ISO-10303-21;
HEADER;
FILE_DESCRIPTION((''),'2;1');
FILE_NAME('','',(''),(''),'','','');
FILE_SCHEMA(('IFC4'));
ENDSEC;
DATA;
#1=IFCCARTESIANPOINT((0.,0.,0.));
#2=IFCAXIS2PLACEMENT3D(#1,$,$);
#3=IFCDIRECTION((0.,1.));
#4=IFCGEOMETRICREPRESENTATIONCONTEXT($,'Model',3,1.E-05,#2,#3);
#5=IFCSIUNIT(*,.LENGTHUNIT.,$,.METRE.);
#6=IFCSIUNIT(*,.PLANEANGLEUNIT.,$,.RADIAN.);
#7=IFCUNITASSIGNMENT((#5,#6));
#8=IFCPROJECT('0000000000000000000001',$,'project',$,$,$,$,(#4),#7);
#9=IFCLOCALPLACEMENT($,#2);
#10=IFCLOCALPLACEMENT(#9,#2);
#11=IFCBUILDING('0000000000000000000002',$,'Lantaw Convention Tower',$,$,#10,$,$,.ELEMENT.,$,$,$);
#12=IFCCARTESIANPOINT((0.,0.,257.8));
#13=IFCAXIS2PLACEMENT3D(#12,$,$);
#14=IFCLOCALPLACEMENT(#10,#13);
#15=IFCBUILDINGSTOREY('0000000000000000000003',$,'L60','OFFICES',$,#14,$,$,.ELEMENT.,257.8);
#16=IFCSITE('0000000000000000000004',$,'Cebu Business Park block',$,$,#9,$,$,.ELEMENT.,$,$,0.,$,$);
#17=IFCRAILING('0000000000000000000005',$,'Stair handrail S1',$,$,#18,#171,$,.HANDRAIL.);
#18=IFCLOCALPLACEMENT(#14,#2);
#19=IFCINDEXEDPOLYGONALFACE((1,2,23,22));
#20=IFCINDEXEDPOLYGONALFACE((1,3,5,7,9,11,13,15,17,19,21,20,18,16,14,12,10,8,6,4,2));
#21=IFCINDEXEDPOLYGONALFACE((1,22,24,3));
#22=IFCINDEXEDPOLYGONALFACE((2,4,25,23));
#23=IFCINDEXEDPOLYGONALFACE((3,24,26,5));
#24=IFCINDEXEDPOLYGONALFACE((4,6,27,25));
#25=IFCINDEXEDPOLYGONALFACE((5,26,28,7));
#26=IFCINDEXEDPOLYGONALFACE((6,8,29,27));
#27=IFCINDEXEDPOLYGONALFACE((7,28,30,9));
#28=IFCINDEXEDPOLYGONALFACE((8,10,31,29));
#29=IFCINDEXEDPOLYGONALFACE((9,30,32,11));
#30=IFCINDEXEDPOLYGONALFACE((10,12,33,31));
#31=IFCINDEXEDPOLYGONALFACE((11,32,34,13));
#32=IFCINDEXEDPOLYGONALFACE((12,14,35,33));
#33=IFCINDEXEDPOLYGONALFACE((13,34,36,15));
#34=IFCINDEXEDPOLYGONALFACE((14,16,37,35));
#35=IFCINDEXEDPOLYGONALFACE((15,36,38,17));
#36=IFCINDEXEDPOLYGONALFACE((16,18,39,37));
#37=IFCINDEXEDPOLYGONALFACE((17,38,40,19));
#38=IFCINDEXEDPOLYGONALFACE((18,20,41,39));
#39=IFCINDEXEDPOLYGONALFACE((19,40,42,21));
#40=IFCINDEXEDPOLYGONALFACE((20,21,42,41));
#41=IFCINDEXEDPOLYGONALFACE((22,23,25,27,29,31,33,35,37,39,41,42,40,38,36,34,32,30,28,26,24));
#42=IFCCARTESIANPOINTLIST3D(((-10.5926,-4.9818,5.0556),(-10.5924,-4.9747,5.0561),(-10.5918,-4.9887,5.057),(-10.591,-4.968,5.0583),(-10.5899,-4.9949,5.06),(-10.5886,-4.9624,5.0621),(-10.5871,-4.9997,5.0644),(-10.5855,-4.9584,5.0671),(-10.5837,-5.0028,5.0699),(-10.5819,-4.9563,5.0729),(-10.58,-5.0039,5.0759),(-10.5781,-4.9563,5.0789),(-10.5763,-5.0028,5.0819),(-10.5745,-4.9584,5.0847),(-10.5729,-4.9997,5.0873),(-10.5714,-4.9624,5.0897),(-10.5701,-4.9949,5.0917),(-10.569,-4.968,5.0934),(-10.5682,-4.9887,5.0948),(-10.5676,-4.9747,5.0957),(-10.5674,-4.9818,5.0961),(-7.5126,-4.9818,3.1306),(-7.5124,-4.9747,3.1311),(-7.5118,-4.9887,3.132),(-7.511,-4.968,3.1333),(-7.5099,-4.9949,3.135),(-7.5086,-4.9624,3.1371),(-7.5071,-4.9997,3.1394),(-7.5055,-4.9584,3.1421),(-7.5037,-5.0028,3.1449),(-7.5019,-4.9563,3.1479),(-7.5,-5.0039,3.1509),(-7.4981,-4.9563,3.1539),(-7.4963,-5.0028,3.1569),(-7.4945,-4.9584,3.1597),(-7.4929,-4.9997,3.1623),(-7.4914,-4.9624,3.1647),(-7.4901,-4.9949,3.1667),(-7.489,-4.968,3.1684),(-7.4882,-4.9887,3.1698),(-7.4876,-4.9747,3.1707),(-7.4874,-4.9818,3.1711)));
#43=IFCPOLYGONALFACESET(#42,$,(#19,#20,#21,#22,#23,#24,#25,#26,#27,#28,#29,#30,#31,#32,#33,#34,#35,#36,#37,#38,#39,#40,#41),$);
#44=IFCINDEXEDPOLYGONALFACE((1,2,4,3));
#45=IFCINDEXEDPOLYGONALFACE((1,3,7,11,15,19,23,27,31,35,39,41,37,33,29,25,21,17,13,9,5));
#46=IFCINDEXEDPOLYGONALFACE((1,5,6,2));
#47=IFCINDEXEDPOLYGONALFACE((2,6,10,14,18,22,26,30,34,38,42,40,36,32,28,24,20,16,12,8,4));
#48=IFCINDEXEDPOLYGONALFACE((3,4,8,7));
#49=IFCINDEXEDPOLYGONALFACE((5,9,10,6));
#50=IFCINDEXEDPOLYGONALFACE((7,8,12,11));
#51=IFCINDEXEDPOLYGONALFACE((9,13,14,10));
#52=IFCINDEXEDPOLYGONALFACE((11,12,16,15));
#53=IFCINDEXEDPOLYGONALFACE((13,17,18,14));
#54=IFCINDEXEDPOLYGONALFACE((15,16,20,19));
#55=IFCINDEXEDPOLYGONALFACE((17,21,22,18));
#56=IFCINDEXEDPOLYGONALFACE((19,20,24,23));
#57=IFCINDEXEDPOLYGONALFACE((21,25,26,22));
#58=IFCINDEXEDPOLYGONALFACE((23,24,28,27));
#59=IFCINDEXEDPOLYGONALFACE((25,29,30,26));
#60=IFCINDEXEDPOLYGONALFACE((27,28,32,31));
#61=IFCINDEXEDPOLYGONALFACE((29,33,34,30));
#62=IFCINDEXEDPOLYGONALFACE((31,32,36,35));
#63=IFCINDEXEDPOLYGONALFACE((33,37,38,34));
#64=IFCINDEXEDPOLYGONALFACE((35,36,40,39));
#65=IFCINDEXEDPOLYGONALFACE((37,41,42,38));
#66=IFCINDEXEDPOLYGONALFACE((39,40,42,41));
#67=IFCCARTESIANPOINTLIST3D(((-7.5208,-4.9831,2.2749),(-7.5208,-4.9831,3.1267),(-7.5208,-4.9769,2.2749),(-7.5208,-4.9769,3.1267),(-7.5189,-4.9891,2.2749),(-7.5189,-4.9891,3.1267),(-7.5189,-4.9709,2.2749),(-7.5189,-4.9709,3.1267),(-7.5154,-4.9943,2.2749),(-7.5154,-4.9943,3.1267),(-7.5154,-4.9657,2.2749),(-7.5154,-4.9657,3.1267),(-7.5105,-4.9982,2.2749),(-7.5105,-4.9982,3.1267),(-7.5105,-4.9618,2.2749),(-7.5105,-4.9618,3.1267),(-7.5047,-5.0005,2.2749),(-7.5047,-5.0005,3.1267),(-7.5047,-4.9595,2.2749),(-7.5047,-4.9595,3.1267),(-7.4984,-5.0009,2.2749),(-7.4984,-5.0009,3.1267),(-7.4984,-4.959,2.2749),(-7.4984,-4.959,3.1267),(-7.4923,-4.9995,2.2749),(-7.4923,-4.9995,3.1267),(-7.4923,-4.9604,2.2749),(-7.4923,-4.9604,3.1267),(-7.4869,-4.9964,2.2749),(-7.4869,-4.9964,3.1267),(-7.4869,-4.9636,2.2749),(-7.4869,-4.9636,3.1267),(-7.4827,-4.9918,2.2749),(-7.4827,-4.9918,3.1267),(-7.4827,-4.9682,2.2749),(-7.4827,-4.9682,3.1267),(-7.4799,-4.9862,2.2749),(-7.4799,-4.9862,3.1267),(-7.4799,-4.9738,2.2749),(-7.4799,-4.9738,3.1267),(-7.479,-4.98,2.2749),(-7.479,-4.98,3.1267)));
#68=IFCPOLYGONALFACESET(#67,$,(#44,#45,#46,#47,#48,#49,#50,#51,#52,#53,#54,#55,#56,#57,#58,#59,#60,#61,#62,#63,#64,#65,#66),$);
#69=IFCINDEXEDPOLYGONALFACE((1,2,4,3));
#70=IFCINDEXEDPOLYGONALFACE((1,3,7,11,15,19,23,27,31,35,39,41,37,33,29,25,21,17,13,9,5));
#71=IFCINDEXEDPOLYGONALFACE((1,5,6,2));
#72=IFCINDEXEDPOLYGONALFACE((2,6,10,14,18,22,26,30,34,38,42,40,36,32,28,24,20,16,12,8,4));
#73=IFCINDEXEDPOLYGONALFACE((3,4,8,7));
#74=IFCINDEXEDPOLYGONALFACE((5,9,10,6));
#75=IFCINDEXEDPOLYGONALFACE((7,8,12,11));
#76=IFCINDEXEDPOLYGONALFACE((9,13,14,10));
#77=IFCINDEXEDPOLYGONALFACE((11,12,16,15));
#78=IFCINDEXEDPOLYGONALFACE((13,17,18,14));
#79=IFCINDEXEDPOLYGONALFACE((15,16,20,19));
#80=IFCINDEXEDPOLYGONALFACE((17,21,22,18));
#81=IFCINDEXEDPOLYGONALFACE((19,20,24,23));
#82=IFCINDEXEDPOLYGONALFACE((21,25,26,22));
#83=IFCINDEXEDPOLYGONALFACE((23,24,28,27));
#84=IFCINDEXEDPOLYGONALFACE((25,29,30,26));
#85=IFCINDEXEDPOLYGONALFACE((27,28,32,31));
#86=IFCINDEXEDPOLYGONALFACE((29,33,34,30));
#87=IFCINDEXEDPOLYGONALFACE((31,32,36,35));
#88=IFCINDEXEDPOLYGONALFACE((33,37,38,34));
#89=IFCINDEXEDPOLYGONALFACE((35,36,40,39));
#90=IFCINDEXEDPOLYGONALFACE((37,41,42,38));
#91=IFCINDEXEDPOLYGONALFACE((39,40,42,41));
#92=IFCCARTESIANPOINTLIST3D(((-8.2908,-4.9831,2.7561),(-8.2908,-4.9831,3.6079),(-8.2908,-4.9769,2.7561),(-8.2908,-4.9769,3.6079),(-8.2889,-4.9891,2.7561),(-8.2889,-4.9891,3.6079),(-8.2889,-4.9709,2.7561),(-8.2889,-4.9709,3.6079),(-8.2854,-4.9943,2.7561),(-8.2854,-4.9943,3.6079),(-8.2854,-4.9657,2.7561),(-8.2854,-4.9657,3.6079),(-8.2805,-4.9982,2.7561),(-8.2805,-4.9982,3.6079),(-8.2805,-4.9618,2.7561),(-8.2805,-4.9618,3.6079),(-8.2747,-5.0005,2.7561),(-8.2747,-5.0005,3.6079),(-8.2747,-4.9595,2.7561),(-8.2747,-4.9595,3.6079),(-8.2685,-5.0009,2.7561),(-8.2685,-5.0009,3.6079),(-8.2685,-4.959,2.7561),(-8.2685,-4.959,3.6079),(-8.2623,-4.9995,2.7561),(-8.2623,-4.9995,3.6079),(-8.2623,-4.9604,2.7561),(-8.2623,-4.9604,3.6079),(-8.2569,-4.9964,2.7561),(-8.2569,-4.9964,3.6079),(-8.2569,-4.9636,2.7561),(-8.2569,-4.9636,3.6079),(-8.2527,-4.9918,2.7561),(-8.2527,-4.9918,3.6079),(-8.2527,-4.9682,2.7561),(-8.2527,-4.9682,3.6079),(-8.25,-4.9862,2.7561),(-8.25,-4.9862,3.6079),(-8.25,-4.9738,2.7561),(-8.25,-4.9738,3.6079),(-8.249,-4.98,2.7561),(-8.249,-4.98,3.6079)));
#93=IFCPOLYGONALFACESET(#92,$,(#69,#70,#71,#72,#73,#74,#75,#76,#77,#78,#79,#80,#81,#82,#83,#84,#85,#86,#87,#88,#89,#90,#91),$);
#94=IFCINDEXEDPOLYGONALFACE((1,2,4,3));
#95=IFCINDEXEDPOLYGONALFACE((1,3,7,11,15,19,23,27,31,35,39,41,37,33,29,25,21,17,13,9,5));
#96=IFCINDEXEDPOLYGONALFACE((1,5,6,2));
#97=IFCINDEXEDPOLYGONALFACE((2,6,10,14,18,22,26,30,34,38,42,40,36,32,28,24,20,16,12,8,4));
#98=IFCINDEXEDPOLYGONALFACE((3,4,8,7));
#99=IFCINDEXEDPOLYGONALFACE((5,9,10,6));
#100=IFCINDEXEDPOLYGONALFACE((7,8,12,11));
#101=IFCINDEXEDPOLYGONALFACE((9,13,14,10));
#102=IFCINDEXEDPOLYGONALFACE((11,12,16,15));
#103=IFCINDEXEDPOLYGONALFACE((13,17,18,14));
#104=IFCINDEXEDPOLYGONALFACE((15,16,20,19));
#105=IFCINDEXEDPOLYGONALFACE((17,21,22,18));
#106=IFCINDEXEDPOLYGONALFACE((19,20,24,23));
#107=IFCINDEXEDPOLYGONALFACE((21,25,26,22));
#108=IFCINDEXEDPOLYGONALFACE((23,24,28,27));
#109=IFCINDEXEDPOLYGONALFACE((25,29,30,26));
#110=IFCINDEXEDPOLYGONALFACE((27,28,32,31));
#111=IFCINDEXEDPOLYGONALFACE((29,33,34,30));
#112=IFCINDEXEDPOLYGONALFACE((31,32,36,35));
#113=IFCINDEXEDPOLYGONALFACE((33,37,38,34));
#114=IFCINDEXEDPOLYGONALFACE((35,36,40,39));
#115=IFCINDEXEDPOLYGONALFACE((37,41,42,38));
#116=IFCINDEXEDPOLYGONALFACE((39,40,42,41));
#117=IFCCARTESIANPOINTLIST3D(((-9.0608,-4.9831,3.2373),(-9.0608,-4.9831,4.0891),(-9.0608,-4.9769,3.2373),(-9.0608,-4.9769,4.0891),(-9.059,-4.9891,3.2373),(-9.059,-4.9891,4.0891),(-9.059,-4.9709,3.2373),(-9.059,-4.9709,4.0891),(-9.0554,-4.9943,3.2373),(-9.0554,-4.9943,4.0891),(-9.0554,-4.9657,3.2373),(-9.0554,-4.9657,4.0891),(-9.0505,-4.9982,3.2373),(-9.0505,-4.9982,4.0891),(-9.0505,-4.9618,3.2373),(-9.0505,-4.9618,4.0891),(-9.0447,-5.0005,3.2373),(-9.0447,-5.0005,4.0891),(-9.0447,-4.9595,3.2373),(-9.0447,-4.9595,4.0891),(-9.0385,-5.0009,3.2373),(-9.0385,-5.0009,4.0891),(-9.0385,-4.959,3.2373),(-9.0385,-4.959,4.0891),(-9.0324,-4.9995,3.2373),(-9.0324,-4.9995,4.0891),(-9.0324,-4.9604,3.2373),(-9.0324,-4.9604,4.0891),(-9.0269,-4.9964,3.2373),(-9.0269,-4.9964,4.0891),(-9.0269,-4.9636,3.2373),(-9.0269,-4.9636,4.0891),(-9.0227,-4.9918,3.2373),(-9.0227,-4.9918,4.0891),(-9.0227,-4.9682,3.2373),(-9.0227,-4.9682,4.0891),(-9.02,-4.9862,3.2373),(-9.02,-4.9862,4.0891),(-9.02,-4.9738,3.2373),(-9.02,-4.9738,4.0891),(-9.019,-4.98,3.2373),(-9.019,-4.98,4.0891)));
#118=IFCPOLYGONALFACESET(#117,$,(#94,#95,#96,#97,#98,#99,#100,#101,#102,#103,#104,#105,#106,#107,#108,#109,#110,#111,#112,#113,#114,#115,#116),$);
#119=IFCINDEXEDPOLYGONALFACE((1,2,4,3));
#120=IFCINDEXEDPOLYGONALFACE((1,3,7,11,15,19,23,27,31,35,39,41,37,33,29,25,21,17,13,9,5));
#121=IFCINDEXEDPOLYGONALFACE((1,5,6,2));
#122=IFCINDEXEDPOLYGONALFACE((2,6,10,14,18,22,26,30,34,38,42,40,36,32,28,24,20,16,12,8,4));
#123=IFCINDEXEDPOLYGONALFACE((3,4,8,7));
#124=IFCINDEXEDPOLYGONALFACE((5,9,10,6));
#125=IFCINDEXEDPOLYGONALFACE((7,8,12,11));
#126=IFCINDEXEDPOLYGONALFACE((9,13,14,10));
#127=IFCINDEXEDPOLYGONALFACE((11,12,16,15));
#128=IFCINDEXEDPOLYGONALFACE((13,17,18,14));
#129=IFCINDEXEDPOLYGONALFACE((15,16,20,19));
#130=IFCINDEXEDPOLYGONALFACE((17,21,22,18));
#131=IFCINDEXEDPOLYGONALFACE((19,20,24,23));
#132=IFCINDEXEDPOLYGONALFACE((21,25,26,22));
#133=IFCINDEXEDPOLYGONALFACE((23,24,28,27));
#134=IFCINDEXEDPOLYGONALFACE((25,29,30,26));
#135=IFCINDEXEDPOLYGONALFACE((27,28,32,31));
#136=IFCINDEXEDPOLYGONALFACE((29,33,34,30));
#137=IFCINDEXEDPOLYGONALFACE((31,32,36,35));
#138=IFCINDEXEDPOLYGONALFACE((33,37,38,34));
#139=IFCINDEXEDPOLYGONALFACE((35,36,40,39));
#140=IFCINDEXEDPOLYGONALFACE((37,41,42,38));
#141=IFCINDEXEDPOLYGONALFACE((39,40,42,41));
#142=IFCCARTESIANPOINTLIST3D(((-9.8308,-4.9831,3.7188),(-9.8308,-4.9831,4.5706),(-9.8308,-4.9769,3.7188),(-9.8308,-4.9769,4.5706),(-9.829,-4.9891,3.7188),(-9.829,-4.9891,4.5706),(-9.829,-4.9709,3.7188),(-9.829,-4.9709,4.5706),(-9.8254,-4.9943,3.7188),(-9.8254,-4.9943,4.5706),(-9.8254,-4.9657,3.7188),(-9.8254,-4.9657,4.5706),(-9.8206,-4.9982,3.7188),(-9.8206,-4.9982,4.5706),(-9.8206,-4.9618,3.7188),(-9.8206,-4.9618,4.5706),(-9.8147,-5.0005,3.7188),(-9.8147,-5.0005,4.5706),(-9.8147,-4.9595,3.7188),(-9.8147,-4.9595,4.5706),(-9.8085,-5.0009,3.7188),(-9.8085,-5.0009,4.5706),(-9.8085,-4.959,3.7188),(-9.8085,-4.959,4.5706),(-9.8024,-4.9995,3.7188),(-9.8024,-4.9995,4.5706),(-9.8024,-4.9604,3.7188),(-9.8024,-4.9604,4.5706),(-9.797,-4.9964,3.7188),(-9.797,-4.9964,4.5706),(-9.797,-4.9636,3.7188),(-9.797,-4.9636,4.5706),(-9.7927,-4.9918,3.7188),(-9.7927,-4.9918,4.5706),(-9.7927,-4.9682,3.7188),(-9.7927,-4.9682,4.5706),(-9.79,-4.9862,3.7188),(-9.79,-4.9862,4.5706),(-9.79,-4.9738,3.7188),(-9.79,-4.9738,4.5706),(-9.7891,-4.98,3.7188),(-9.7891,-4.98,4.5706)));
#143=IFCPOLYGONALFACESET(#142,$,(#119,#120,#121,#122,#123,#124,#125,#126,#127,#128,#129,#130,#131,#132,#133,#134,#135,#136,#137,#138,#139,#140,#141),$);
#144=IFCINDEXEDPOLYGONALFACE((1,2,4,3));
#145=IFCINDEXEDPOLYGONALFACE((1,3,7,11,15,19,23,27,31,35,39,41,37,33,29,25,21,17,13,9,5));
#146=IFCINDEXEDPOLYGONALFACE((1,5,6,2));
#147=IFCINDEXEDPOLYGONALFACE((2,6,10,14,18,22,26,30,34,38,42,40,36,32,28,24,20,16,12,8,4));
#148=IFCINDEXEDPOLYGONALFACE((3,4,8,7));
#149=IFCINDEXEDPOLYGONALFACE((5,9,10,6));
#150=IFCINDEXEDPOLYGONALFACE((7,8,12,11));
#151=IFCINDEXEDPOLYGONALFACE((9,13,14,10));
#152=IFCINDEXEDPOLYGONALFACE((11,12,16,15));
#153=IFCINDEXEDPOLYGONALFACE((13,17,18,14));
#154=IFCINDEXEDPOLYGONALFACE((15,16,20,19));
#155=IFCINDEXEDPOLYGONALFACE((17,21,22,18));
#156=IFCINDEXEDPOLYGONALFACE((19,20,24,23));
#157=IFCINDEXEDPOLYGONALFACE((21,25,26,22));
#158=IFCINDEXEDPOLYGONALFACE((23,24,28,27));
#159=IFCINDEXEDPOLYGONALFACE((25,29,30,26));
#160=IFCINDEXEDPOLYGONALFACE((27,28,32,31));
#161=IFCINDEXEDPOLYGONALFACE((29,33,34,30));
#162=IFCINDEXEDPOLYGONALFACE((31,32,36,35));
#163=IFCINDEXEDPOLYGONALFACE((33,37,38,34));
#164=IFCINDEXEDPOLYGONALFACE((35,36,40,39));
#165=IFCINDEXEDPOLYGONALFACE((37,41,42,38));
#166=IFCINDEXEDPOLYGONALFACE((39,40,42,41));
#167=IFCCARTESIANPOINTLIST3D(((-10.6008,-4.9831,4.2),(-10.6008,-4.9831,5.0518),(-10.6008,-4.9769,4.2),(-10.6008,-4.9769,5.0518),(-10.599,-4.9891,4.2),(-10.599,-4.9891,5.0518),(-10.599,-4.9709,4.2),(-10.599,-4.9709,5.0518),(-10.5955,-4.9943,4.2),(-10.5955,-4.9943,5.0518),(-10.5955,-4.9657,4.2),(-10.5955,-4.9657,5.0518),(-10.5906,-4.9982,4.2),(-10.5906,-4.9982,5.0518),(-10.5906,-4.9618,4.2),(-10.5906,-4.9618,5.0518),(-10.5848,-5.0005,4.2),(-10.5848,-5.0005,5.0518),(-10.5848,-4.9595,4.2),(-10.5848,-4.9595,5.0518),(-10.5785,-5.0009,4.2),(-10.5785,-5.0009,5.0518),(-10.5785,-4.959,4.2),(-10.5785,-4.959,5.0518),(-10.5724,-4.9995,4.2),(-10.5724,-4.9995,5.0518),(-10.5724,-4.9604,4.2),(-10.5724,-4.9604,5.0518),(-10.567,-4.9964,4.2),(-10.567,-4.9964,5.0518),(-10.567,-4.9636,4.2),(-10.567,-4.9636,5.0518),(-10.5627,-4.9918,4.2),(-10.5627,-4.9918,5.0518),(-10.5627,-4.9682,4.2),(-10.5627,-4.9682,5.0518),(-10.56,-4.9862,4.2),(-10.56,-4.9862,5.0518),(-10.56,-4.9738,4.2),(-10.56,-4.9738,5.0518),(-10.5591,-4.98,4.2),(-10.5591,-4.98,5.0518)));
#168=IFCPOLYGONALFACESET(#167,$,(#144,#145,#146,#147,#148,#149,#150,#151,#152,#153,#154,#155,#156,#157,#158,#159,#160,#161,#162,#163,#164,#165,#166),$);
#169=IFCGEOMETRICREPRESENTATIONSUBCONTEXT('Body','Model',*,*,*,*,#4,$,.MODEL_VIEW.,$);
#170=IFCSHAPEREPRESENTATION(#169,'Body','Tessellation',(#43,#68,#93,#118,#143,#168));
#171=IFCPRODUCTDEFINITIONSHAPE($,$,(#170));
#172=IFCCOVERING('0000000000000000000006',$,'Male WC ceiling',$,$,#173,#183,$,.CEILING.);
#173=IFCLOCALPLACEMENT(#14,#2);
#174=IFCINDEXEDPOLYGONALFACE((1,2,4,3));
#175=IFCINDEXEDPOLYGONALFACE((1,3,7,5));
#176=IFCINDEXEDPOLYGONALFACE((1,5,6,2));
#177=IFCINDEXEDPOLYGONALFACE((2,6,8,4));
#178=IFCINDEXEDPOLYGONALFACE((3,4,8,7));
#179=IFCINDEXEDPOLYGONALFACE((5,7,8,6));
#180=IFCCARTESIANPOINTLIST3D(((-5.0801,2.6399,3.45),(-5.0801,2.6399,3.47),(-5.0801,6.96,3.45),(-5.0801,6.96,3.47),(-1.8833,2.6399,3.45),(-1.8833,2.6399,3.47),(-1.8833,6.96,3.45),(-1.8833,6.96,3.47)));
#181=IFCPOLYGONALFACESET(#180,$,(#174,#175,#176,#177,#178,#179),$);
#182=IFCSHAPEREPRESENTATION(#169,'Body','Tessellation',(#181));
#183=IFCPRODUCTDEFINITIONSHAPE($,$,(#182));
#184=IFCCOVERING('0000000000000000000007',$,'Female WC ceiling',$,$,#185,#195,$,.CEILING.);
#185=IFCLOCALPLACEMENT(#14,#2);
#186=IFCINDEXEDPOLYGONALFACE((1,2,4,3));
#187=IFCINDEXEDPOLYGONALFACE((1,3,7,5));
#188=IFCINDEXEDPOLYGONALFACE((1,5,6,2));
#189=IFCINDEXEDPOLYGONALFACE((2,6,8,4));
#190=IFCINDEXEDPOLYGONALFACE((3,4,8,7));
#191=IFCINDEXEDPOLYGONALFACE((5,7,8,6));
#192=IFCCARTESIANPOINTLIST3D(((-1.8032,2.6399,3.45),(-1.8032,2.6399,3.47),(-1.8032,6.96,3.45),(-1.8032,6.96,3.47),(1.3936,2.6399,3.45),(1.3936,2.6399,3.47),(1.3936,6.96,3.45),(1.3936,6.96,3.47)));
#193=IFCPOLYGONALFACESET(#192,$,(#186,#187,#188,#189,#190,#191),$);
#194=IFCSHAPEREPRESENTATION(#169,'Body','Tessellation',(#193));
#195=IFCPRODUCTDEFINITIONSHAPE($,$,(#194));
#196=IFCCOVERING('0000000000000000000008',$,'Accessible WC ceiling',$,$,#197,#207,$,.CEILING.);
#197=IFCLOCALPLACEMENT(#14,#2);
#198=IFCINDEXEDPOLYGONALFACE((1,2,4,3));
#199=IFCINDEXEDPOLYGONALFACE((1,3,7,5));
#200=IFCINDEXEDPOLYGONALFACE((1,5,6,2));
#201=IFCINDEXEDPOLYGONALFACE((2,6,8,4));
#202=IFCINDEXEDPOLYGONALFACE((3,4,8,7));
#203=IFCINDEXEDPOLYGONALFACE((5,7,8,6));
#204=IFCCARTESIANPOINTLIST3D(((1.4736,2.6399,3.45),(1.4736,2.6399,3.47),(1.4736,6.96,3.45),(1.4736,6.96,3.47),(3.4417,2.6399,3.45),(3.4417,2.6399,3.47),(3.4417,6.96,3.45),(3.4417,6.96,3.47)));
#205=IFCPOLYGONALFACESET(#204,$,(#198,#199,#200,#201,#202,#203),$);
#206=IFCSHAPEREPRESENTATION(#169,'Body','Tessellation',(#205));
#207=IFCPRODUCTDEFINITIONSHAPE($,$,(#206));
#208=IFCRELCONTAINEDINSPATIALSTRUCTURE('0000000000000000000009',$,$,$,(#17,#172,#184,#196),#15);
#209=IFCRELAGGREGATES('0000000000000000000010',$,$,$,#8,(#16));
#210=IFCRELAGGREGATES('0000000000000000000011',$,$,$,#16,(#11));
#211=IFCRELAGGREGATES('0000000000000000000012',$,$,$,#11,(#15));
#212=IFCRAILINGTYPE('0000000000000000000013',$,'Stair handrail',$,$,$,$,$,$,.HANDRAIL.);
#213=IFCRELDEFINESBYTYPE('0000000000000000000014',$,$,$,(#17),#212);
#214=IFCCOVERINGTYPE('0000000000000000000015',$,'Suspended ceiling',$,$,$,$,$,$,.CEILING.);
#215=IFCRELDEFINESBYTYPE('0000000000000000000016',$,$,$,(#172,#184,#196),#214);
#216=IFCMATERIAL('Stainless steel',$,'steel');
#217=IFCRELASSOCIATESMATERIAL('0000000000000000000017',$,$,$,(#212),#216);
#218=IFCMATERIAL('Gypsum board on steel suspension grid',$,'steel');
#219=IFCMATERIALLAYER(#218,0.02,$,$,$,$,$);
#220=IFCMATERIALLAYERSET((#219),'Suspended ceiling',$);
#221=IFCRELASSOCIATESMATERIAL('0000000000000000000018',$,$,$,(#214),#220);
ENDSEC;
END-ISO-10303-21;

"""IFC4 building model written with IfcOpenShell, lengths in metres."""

from ifc_helpers import new_model, si_unit, direction, frame, origin, origin_2d, place, context, subcontext, project, spatial, polyline, circle, outline, extrude, material, layer, layer_set, type_object, element, save


model = new_model("IFC4")

# Units and contexts
model_context = context("Model", 3, precision=1e-05, world=origin(), true_north=direction((0.0, 1.0)))
body_context = subcontext(model_context, "Body", "Model", "MODEL_VIEW")
ifc_project = project(units=[si_unit("LENGTHUNIT", "METRE"), si_unit("PLANEANGLEUNIT", "RADIAN")], contexts=[model_context])

# Site, building, storey
site_placement = place(None, origin())
site = spatial("IfcSite", under=ifc_project, at=site_placement, Name="Cebu Business Park block", CompositionType="ELEMENT", RefElevation=0.0)
building_placement = place(site_placement, origin())
building = spatial("IfcBuilding", under=site, at=building_placement, Name="Lantaw Convention Tower", CompositionType="ELEMENT")
storey_placement = place(building_placement, frame((0.0, 0.0, 257.8)))
storey = spatial("IfcBuildingStorey", under=building, at=storey_placement, Name="L60", Description="OFFICES", CompositionType="ELEMENT", Elevation=257.8)

# Shared definitions
ifc_material_1 = material(Name="Stainless steel", Category="steel")

# Railing
railing_type = type_object("IfcRailingType", Name="Stair handrail", PredefinedType="HANDRAIL", material=ifc_material_1)
railing_1_placement = place(storey_placement, frame((-7.5, -4.98, 2.2749)))
element("IfcRailing", 1, at=railing_1_placement, inside=storey, type_object=railing_type, Name="Stair handrail S1", PredefinedType="HANDRAIL", context=body_context, shape_type="SweptSolid", body=[
    extrude(circle(Radius=0.0239, at=origin_2d()), frame((0.0, 0.0, 0.876), z_axis=(-0.847998, 0.0, 0.529999), x_axis=(0.0, -1.0, 0.0)), (0.0, 0.0, 1.0), 3.6321),
    extrude(circle(Radius=0.021, at=origin_2d()), origin(), (0.0, 0.0, 1.0), 0.8518),
    extrude(circle(Radius=0.021, at=origin_2d()), frame((-0.77, 0.0, 0.4812)), (0.0, 0.0, 1.0), 0.8518),
    extrude(circle(Radius=0.021, at=origin_2d()), frame((-1.54, 0.0, 0.9624)), (0.0, 0.0, 1.0), 0.8518),
    extrude(circle(Radius=0.021, at=origin_2d()), frame((-2.3101, 0.0, 1.4438)), (0.0, 0.0, 1.0), 0.8518),
    extrude(circle(Radius=0.021, at=origin_2d()), frame((-3.0801, 0.0, 1.925)), (0.0, 0.0, 1.0), 0.8518),
])

# Coverings
ifc_material_2 = material(Name="Gypsum board on steel suspension grid", Category="steel")
ifc_layer_1 = layer(ifc_material_2, 0.02)
ifc_layer_set_1 = layer_set([ifc_layer_1], Name="Suspended ceiling")
covering_type = type_object("IfcCoveringType", Name="Suspended ceiling", PredefinedType="CEILING", material=ifc_layer_set_1)
covering_1_placement = place(storey_placement, frame((0.0, 0.0, 3.45)))
element("IfcCovering", 2, at=covering_1_placement, inside=storey, type_object=covering_type, Name="Male WC ceiling", PredefinedType="CEILING", context=body_context, shape_type="SweptSolid", body=[
    extrude(outline(polyline([(-5.0801, 2.6399), (-1.8833, 2.6399), (-1.8833, 6.96), (-5.0801, 6.96), (-5.0801, 2.6399)])), origin(), (0.0, 0.0, 1.0), 0.02),
])
covering_2_placement = place(storey_placement, frame((0.0, 0.0, 3.45)))
element("IfcCovering", 3, at=covering_2_placement, inside=storey, type_object=covering_type, Name="Female WC ceiling", PredefinedType="CEILING", context=body_context, shape_type="SweptSolid", body=[
    extrude(outline(polyline([(-1.8032, 2.6399), (1.3936, 2.6399), (1.3936, 6.96), (-1.8032, 6.96), (-1.8032, 2.6399)])), origin(), (0.0, 0.0, 1.0), 0.02),
])
covering_3_placement = place(storey_placement, frame((0.0, 0.0, 3.45)))
element("IfcCovering", 4, at=covering_3_placement, inside=storey, type_object=covering_type, Name="Accessible WC ceiling", PredefinedType="CEILING", context=body_context, shape_type="SweptSolid", body=[
    extrude(outline(polyline([(1.4736, 2.6399), (3.4417, 2.6399), (3.4417, 6.96), (1.4736, 6.96), (1.4736, 2.6399)])), origin(), (0.0, 0.0, 1.0), 0.02),
])

save(model, "model.ifc")
